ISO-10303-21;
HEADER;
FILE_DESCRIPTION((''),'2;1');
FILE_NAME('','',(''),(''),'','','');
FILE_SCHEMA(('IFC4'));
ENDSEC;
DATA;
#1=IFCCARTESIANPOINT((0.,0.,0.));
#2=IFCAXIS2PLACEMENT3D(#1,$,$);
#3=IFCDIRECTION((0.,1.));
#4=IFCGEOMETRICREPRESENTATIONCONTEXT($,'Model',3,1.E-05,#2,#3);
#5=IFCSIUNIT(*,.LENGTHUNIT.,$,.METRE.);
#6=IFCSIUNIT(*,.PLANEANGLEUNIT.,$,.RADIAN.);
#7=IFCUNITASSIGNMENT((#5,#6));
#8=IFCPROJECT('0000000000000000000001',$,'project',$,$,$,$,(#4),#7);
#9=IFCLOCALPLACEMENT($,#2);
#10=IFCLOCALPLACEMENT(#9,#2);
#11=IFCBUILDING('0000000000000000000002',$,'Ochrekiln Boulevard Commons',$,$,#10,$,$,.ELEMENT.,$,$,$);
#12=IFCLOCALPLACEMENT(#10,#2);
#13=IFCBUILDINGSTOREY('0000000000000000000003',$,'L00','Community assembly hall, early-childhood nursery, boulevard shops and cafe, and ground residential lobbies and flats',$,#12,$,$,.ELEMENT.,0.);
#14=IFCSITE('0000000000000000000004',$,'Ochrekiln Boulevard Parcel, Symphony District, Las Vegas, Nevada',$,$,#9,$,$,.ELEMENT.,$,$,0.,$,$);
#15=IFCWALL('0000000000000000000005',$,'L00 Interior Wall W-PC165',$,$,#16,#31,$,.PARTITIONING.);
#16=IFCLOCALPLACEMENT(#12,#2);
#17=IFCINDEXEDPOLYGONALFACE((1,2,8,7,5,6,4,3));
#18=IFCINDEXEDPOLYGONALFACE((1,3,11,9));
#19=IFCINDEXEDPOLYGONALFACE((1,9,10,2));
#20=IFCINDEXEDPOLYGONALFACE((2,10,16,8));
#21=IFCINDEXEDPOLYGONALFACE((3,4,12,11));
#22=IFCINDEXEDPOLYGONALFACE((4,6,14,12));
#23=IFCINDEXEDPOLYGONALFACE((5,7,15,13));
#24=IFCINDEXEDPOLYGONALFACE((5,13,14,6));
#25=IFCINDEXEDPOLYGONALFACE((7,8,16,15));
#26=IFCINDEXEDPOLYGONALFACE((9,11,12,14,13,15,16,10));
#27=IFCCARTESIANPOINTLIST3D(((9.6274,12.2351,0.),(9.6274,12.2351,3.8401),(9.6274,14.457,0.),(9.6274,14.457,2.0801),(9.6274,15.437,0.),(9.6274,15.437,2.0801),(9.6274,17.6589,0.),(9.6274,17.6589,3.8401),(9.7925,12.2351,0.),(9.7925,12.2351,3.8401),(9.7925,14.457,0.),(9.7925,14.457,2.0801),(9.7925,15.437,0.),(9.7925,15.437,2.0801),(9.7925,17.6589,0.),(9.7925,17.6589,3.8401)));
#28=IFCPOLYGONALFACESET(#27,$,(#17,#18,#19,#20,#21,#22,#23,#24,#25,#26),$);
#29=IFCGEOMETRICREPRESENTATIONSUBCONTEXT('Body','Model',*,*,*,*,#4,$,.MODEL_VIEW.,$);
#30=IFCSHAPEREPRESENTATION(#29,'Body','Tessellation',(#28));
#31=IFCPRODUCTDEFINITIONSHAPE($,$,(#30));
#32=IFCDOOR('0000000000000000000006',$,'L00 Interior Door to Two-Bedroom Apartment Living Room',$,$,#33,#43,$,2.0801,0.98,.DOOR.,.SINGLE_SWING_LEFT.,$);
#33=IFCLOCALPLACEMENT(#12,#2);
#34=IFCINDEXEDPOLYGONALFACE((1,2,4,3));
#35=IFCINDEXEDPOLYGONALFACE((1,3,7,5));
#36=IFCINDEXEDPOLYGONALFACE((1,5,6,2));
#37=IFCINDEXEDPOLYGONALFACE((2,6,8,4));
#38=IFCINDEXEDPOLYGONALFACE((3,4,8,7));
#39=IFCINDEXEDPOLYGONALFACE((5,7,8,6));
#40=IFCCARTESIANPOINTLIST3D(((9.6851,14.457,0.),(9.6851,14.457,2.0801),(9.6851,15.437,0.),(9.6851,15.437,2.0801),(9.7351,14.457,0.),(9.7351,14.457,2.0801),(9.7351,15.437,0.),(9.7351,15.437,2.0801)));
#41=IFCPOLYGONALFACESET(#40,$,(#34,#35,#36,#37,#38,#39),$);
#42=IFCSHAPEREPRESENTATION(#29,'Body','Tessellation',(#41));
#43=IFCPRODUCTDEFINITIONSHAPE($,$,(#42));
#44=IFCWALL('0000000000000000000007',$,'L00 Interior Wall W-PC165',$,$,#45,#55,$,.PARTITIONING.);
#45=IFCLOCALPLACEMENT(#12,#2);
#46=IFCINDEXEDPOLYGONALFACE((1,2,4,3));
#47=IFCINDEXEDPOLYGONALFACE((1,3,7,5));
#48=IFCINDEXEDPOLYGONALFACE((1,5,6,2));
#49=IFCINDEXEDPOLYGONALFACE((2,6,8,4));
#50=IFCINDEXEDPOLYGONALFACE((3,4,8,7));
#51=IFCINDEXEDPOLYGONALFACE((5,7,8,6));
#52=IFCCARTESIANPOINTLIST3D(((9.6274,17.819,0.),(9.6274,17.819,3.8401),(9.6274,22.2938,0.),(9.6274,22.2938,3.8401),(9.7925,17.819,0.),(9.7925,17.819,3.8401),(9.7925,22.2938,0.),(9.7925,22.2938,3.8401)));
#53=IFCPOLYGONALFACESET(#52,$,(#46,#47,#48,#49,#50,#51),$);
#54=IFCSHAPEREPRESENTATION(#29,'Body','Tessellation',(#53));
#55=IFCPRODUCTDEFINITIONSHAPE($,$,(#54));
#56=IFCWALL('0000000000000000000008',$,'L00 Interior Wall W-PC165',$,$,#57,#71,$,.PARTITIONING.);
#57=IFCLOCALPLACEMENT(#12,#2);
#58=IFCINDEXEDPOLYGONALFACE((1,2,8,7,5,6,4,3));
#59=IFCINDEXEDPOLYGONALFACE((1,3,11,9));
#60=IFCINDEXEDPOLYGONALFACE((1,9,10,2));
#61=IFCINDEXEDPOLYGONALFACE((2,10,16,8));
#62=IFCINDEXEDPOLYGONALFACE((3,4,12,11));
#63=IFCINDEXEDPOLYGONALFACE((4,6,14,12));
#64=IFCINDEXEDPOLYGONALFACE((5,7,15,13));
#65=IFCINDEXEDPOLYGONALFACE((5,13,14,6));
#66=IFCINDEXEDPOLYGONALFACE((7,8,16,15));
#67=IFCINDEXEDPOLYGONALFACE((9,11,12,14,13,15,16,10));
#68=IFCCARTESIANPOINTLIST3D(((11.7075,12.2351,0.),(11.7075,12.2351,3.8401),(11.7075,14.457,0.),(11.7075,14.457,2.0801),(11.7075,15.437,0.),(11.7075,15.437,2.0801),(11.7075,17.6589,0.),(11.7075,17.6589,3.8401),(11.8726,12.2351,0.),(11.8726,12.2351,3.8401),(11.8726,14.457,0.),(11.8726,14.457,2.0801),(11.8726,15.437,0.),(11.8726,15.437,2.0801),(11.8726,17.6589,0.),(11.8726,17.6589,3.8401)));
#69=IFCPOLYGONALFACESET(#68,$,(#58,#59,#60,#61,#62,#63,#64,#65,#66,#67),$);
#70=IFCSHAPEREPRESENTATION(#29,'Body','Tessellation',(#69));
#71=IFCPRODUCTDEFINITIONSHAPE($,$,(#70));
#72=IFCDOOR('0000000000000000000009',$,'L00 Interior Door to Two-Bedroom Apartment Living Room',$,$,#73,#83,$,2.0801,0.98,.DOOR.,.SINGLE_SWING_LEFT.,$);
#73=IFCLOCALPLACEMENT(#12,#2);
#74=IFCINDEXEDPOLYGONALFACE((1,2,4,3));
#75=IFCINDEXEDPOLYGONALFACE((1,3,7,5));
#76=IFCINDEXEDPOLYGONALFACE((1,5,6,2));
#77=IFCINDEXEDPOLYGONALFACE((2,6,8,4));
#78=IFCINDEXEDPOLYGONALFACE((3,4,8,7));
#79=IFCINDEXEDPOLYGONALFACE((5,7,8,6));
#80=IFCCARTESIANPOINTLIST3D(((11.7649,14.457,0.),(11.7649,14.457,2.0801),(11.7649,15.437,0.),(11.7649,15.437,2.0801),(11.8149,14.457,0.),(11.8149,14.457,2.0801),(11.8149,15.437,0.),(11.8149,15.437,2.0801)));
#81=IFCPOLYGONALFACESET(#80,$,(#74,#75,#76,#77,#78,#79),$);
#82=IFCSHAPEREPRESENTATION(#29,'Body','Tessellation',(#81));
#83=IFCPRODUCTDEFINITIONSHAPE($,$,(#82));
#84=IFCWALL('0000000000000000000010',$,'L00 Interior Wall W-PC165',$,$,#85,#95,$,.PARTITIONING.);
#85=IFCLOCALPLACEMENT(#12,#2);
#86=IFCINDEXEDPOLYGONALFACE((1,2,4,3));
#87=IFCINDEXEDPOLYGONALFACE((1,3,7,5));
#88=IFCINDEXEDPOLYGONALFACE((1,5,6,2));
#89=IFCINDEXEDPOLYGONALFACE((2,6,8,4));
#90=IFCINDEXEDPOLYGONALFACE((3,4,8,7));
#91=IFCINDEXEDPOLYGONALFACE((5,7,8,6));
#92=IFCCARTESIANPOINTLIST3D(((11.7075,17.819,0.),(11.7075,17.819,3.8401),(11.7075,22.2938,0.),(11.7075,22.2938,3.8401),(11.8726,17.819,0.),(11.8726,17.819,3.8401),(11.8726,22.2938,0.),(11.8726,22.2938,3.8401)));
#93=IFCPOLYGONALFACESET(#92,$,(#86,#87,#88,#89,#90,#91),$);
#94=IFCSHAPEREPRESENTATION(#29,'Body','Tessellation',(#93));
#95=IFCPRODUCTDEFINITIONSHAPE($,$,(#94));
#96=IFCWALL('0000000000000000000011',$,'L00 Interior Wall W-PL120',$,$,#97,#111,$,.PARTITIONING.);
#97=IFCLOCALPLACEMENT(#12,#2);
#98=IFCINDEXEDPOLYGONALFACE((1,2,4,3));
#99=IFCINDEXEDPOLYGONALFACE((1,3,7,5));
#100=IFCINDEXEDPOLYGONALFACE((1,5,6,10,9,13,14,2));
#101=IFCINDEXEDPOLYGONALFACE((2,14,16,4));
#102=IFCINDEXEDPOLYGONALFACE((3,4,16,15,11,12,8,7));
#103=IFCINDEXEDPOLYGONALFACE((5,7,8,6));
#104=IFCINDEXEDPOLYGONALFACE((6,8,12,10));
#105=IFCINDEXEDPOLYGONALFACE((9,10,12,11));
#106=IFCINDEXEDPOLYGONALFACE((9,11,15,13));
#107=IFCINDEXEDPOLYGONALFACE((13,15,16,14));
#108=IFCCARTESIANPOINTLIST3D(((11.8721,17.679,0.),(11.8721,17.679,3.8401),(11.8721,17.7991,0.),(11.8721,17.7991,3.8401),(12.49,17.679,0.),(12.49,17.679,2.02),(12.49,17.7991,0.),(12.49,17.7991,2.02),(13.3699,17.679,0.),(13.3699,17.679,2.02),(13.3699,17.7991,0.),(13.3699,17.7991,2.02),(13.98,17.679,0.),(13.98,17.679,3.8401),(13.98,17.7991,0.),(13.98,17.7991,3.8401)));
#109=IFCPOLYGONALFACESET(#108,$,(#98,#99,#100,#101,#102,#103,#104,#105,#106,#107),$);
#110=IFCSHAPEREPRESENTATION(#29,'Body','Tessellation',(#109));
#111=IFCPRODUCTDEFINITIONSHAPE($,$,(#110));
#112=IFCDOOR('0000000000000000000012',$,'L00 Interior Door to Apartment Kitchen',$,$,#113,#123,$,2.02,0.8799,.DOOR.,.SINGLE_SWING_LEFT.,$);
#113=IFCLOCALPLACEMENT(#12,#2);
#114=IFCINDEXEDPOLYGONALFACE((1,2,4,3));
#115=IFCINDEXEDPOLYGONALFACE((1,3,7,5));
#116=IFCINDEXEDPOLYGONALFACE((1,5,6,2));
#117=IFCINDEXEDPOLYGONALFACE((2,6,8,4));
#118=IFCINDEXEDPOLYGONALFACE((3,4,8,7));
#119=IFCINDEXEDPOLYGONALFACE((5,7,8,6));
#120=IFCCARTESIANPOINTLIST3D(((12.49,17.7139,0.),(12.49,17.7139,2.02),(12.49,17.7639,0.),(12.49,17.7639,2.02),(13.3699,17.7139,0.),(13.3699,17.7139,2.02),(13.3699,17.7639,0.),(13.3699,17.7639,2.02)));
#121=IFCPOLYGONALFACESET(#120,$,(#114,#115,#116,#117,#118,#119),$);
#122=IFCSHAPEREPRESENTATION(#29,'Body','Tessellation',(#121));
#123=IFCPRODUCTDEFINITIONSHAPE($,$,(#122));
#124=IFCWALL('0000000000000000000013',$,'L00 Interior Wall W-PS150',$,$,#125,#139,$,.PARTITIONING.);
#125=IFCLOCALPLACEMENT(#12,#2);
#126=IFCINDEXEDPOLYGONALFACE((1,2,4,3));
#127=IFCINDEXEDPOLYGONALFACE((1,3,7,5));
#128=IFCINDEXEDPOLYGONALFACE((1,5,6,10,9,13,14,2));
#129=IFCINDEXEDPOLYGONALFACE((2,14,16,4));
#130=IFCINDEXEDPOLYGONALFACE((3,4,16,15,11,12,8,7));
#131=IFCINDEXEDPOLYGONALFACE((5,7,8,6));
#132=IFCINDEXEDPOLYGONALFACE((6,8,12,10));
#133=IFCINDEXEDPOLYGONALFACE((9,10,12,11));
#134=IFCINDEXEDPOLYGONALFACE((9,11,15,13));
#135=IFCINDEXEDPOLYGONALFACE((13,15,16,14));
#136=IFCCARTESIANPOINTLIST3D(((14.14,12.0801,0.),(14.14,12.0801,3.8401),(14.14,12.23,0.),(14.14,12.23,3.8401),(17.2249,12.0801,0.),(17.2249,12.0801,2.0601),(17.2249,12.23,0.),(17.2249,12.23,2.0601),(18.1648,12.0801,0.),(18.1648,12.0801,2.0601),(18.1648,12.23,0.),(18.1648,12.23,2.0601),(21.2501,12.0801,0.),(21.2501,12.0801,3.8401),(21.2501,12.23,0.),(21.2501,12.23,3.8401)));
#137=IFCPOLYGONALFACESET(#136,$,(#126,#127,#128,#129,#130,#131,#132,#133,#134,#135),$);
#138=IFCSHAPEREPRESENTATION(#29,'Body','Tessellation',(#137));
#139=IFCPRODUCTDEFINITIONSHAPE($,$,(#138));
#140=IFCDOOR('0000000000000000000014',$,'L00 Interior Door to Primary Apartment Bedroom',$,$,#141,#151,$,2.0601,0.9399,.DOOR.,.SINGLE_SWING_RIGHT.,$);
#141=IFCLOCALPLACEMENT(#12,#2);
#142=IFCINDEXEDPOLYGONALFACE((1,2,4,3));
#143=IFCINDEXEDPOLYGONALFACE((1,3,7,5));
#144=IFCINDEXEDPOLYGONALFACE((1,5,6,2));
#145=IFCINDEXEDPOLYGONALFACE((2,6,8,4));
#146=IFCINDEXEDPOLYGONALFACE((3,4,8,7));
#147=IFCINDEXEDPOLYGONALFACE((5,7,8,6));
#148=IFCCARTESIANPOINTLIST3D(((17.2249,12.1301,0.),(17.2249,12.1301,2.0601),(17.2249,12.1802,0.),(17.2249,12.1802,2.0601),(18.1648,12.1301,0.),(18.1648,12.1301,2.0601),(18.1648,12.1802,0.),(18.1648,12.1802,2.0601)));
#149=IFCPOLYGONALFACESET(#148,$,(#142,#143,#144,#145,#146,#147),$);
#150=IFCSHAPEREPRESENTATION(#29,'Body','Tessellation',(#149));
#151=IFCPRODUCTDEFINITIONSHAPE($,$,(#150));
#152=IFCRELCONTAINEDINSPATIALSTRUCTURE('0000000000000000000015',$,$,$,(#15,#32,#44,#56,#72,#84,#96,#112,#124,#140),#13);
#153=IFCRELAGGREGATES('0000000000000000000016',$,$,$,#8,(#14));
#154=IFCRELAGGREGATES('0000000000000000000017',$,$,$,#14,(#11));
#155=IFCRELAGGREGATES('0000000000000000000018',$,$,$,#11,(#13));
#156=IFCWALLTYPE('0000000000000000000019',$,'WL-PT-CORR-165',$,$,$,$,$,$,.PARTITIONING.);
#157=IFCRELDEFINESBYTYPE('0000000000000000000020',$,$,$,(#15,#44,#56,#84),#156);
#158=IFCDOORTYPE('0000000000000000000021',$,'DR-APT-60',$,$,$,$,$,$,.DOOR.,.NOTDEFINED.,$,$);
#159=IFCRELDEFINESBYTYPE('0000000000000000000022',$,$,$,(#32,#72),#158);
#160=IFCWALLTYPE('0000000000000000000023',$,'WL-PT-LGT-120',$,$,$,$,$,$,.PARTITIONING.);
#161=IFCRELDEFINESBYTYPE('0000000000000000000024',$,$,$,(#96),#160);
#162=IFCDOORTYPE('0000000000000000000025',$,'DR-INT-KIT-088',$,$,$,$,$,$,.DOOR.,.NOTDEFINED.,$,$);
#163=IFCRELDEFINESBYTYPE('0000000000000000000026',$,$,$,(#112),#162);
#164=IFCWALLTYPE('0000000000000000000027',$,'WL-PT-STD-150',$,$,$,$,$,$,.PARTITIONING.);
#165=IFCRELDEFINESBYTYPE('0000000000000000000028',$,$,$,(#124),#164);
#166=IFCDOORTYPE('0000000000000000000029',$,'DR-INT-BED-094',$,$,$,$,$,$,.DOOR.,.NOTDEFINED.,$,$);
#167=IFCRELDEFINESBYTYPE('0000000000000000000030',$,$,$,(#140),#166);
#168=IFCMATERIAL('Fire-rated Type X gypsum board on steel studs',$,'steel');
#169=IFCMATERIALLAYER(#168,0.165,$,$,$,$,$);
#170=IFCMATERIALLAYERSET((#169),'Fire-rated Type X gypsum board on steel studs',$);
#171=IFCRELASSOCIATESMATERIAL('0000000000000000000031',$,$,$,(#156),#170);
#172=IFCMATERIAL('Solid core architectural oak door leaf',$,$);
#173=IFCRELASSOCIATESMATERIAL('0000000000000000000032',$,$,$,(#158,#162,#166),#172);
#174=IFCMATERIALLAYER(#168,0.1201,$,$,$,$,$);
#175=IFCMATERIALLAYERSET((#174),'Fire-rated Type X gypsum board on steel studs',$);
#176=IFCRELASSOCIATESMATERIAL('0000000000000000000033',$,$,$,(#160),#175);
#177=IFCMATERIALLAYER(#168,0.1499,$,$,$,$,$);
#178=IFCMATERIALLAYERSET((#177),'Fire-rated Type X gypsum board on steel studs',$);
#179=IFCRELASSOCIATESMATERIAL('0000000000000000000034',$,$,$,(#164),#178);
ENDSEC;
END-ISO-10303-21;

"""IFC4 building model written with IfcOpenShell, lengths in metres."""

from ifc_helpers import new_model, si_unit, direction, frame, frame_2d, origin, place, context, subcontext, project, spatial, rectangle, extrude, material, layer, layer_set, type_object, element, fill, save


model = new_model("IFC4")

# Units and contexts
model_context = context("Model", 3, precision=1e-05, world=origin(), true_north=direction((0.0, 1.0)))
body_context = subcontext(model_context, "Body", "Model", "MODEL_VIEW")
ifc_project = project(units=[si_unit("LENGTHUNIT", "METRE"), si_unit("PLANEANGLEUNIT", "RADIAN")], contexts=[model_context])

# Site, building, storey
site_placement = place(None, origin())
site = spatial("IfcSite", under=ifc_project, at=site_placement, Name="Ochrekiln Boulevard Parcel, Symphony District, Las Vegas, Nevada", CompositionType="ELEMENT", RefElevation=0.0)
building_placement = place(site_placement, origin())
building = spatial("IfcBuilding", under=site, at=building_placement, Name="Ochrekiln Boulevard Commons", CompositionType="ELEMENT")
storey_placement = place(building_placement, origin())
storey = spatial("IfcBuildingStorey", under=building, at=storey_placement, Name="L00", Description="Community assembly hall, early-childhood nursery, boulevard shops and cafe, and ground residential lobbies and flats", CompositionType="ELEMENT", Elevation=0.0)

# Shared definitions
ifc_material_1 = material(Name="Solid core architectural oak door leaf")

# Wall, opening, door
ifc_material_2 = material(Name="Fire-rated Type X gypsum board on steel studs", Category="steel")
ifc_layer_1 = layer(ifc_material_2, 0.165)
ifc_layer_set_1 = layer_set([ifc_layer_1], Name="Fire-rated Type X gypsum board on steel studs")
wall_type_1 = type_object("IfcWallType", Name="WL-PT-CORR-165", PredefinedType="PARTITIONING", material=ifc_layer_set_1)
wall_1_placement = place(storey_placement, frame((9.71, 12.2351, 0.0), z_axis=(0.0, 0.0, 1.0), x_axis=(0.0, 1.0, 0.0)))
wall_1 = element("IfcWall", 1, at=wall_1_placement, inside=storey, type_object=wall_type_1, Name="L00 Interior Wall W-PC165", PredefinedType="PARTITIONING", context=body_context, shape_type="SweptSolid", body=[
    extrude(rectangle(XDim=5.4238, YDim=0.165, at=frame_2d((2.7119, 0.0))), origin(), (0.0, 0.0, 1.0), 3.8401),
])
opening_1_placement = place(wall_1_placement, frame((2.2219, 0.0, 0.0)))
opening_1 = element("IfcOpeningElement", 2, at=opening_1_placement, cuts=wall_1, PredefinedType="OPENING", context=body_context, shape_type="SweptSolid", body=[
    extrude(rectangle(XDim=0.98, YDim=2.0801, at=frame_2d((0.49, 1.04))), frame((0.0, 0.0925, 0.0), z_axis=(0.0, -1.0, 0.0), x_axis=(1.0, 0.0, 0.0)), (0.0, 0.0, 1.0), 0.1851),
])
door_type_1 = type_object("IfcDoorType", Name="DR-APT-60", OperationType="NOTDEFINED", PredefinedType="DOOR", material=ifc_material_1)
door_1_placement = place(opening_1_placement, origin())
door_1 = element("IfcDoor", 3, at=door_1_placement, inside=storey, type_object=door_type_1, Name="L00 Interior Door to Two-Bedroom Apartment Living Room", OperationType="SINGLE_SWING_LEFT", OverallHeight=2.0801, OverallWidth=0.98, PredefinedType="DOOR", context=body_context, shape_type="SweptSolid", body=[
    extrude(rectangle(XDim=0.98, YDim=2.0801, at=frame_2d((0.49, 1.04))), frame((0.0, 0.0249, 0.0), z_axis=(0.0, -1.0, 0.0), x_axis=(1.0, 0.0, 0.0)), (0.0, 0.0, 1.0), 0.05),
])
fill(opening_1, door_1)

# Wall
wall_2_placement = place(storey_placement, frame((9.71, 17.8191, 0.0), z_axis=(0.0, 0.0, 1.0), x_axis=(0.0, 1.0, 0.0)))
element("IfcWall", 4, at=wall_2_placement, inside=storey, type_object=wall_type_1, Name="L00 Interior Wall W-PC165", PredefinedType="PARTITIONING", context=body_context, shape_type="SweptSolid", body=[
    extrude(rectangle(XDim=4.4749, YDim=0.165, at=frame_2d((2.2373, 0.0))), origin(), (0.0, 0.0, 1.0), 3.8401),
])

# Wall, opening, door
wall_3_placement = place(storey_placement, frame((11.79, 12.2351, 0.0), z_axis=(0.0, 0.0, 1.0), x_axis=(0.0, 1.0, 0.0)))
wall_3 = element("IfcWall", 5, at=wall_3_placement, inside=storey, type_object=wall_type_1, Name="L00 Interior Wall W-PC165", PredefinedType="PARTITIONING", context=body_context, shape_type="SweptSolid", body=[
    extrude(rectangle(XDim=5.4238, YDim=0.165, at=frame_2d((2.7119, 0.0))), origin(), (0.0, 0.0, 1.0), 3.8401),
])
opening_2_placement = place(wall_3_placement, frame((2.2219, 0.0, 0.0)))
opening_2 = element("IfcOpeningElement", 6, at=opening_2_placement, cuts=wall_3, PredefinedType="OPENING", context=body_context, shape_type="SweptSolid", body=[
    extrude(rectangle(XDim=0.98, YDim=2.0801, at=frame_2d((0.49, 1.04))), frame((0.0, 0.0925, 0.0), z_axis=(0.0, -1.0, 0.0), x_axis=(1.0, 0.0, 0.0)), (0.0, 0.0, 1.0), 0.1851),
])
door_2_placement = place(opening_2_placement, frame((0.98, 0.0, 0.0), z_axis=(0.0, 0.0, 1.0), x_axis=(-1.0, 0.0, 0.0)))
door_2 = element("IfcDoor", 7, at=door_2_placement, inside=storey, type_object=door_type_1, Name="L00 Interior Door to Two-Bedroom Apartment Living Room", OperationType="SINGLE_SWING_LEFT", OverallHeight=2.0801, OverallWidth=0.98, PredefinedType="DOOR", context=body_context, shape_type="SweptSolid", body=[
    extrude(rectangle(XDim=0.98, YDim=2.0801, at=frame_2d((0.49, 1.04))), frame((0.0, 0.0249, 0.0), z_axis=(0.0, -1.0, 0.0), x_axis=(1.0, 0.0, 0.0)), (0.0, 0.0, 1.0), 0.05),
])
fill(opening_2, door_2)

# Wall
wall_4_placement = place(storey_placement, frame((11.79, 17.8191, 0.0), z_axis=(0.0, 0.0, 1.0), x_axis=(0.0, 1.0, 0.0)))
element("IfcWall", 8, at=wall_4_placement, inside=storey, type_object=wall_type_1, Name="L00 Interior Wall W-PC165", PredefinedType="PARTITIONING", context=body_context, shape_type="SweptSolid", body=[
    extrude(rectangle(XDim=4.4749, YDim=0.165, at=frame_2d((2.2373, 0.0))), origin(), (0.0, 0.0, 1.0), 3.8401),
])

# Walls, openings, doors
ifc_layer_2 = layer(ifc_material_2, 0.1201)
ifc_layer_set_2 = layer_set([ifc_layer_2], Name="Fire-rated Type X gypsum board on steel studs")
wall_type_2 = type_object("IfcWallType", Name="WL-PT-LGT-120", PredefinedType="PARTITIONING", material=ifc_layer_set_2)
wall_5_placement = place(storey_placement, frame((11.8721, 17.739, 0.0), z_axis=(0.0, 0.0, 1.0), x_axis=(1.0, 0.0, 0.0)))
wall_5 = element("IfcWall", 9, at=wall_5_placement, inside=storey, type_object=wall_type_2, Name="L00 Interior Wall W-PL120", PredefinedType="PARTITIONING", context=body_context, shape_type="SweptSolid", body=[
    extrude(rectangle(XDim=2.1079, YDim=0.1201, at=frame_2d((1.054, 0.0))), origin(), (0.0, 0.0, 1.0), 3.8401),
])
opening_3_placement = place(wall_5_placement, frame((0.6179, 0.0, 0.0)))
opening_3 = element("IfcOpeningElement", 10, at=opening_3_placement, cuts=wall_5, PredefinedType="OPENING", context=body_context, shape_type="SweptSolid", body=[
    extrude(rectangle(XDim=0.8799, YDim=2.02, at=frame_2d((0.4399, 1.01))), frame((0.0, 0.0701, 0.0), z_axis=(0.0, -1.0, 0.0), x_axis=(1.0, 0.0, 0.0)), (0.0, 0.0, 1.0), 0.1401),
])
door_type_2 = type_object("IfcDoorType", Name="DR-INT-KIT-088", OperationType="NOTDEFINED", PredefinedType="DOOR", material=ifc_material_1)
door_3_placement = place(opening_3_placement, origin())
door_3 = element("IfcDoor", 11, at=door_3_placement, inside=storey, type_object=door_type_2, Name="L00 Interior Door to Apartment Kitchen", OperationType="SINGLE_SWING_LEFT", OverallHeight=2.02, OverallWidth=0.8799, PredefinedType="DOOR", context=body_context, shape_type="SweptSolid", body=[
    extrude(rectangle(XDim=0.8799, YDim=2.02, at=frame_2d((0.4399, 1.01))), frame((0.0, 0.0249, 0.0), z_axis=(0.0, -1.0, 0.0), x_axis=(1.0, 0.0, 0.0)), (0.0, 0.0, 1.0), 0.05),
])
fill(opening_3, door_3)
ifc_layer_3 = layer(ifc_material_2, 0.1499)
ifc_layer_set_3 = layer_set([ifc_layer_3], Name="Fire-rated Type X gypsum board on steel studs")
wall_type_3 = type_object("IfcWallType", Name="WL-PT-STD-150", PredefinedType="PARTITIONING", material=ifc_layer_set_3)
wall_6_placement = place(storey_placement, frame((14.1399, 12.155, 0.0), z_axis=(0.0, 0.0, 1.0), x_axis=(1.0, 0.0, 0.0)))
wall_6 = element("IfcWall", 12, at=wall_6_placement, inside=storey, type_object=wall_type_3, Name="L00 Interior Wall W-PS150", PredefinedType="PARTITIONING", context=body_context, shape_type="SweptSolid", body=[
    extrude(rectangle(XDim=7.1101, YDim=0.1499, at=frame_2d((3.5552, 0.0))), origin(), (0.0, 0.0, 1.0), 3.8401),
])
opening_4_placement = place(wall_6_placement, frame((3.085, 0.0, 0.0)))
opening_4 = element("IfcOpeningElement", 13, at=opening_4_placement, cuts=wall_6, PredefinedType="OPENING", context=body_context, shape_type="SweptSolid", body=[
    extrude(rectangle(XDim=0.9399, YDim=2.0601, at=frame_2d((0.47, 1.03))), frame((0.0, 0.085, 0.0), z_axis=(0.0, -1.0, 0.0), x_axis=(1.0, 0.0, 0.0)), (0.0, 0.0, 1.0), 0.1699),
])
door_type_3 = type_object("IfcDoorType", Name="DR-INT-BED-094", OperationType="NOTDEFINED", PredefinedType="DOOR", material=ifc_material_1)
door_4_placement = place(opening_4_placement, frame((0.9399, 0.0, 0.0), z_axis=(0.0, 0.0, 1.0), x_axis=(-1.0, 0.0, 0.0)))
door_4 = element("IfcDoor", 14, at=door_4_placement, inside=storey, type_object=door_type_3, Name="L00 Interior Door to Primary Apartment Bedroom", OperationType="SINGLE_SWING_RIGHT", OverallHeight=2.0601, OverallWidth=0.9399, PredefinedType="DOOR", context=body_context, shape_type="SweptSolid", body=[
    extrude(rectangle(XDim=0.9399, YDim=2.0601, at=frame_2d((0.47, 1.03))), frame((0.0, 0.0249, 0.0), z_axis=(0.0, -1.0, 0.0), x_axis=(1.0, 0.0, 0.0)), (0.0, 0.0, 1.0), 0.05),
])
fill(opening_4, door_4)

save(model, "model.ifc")
